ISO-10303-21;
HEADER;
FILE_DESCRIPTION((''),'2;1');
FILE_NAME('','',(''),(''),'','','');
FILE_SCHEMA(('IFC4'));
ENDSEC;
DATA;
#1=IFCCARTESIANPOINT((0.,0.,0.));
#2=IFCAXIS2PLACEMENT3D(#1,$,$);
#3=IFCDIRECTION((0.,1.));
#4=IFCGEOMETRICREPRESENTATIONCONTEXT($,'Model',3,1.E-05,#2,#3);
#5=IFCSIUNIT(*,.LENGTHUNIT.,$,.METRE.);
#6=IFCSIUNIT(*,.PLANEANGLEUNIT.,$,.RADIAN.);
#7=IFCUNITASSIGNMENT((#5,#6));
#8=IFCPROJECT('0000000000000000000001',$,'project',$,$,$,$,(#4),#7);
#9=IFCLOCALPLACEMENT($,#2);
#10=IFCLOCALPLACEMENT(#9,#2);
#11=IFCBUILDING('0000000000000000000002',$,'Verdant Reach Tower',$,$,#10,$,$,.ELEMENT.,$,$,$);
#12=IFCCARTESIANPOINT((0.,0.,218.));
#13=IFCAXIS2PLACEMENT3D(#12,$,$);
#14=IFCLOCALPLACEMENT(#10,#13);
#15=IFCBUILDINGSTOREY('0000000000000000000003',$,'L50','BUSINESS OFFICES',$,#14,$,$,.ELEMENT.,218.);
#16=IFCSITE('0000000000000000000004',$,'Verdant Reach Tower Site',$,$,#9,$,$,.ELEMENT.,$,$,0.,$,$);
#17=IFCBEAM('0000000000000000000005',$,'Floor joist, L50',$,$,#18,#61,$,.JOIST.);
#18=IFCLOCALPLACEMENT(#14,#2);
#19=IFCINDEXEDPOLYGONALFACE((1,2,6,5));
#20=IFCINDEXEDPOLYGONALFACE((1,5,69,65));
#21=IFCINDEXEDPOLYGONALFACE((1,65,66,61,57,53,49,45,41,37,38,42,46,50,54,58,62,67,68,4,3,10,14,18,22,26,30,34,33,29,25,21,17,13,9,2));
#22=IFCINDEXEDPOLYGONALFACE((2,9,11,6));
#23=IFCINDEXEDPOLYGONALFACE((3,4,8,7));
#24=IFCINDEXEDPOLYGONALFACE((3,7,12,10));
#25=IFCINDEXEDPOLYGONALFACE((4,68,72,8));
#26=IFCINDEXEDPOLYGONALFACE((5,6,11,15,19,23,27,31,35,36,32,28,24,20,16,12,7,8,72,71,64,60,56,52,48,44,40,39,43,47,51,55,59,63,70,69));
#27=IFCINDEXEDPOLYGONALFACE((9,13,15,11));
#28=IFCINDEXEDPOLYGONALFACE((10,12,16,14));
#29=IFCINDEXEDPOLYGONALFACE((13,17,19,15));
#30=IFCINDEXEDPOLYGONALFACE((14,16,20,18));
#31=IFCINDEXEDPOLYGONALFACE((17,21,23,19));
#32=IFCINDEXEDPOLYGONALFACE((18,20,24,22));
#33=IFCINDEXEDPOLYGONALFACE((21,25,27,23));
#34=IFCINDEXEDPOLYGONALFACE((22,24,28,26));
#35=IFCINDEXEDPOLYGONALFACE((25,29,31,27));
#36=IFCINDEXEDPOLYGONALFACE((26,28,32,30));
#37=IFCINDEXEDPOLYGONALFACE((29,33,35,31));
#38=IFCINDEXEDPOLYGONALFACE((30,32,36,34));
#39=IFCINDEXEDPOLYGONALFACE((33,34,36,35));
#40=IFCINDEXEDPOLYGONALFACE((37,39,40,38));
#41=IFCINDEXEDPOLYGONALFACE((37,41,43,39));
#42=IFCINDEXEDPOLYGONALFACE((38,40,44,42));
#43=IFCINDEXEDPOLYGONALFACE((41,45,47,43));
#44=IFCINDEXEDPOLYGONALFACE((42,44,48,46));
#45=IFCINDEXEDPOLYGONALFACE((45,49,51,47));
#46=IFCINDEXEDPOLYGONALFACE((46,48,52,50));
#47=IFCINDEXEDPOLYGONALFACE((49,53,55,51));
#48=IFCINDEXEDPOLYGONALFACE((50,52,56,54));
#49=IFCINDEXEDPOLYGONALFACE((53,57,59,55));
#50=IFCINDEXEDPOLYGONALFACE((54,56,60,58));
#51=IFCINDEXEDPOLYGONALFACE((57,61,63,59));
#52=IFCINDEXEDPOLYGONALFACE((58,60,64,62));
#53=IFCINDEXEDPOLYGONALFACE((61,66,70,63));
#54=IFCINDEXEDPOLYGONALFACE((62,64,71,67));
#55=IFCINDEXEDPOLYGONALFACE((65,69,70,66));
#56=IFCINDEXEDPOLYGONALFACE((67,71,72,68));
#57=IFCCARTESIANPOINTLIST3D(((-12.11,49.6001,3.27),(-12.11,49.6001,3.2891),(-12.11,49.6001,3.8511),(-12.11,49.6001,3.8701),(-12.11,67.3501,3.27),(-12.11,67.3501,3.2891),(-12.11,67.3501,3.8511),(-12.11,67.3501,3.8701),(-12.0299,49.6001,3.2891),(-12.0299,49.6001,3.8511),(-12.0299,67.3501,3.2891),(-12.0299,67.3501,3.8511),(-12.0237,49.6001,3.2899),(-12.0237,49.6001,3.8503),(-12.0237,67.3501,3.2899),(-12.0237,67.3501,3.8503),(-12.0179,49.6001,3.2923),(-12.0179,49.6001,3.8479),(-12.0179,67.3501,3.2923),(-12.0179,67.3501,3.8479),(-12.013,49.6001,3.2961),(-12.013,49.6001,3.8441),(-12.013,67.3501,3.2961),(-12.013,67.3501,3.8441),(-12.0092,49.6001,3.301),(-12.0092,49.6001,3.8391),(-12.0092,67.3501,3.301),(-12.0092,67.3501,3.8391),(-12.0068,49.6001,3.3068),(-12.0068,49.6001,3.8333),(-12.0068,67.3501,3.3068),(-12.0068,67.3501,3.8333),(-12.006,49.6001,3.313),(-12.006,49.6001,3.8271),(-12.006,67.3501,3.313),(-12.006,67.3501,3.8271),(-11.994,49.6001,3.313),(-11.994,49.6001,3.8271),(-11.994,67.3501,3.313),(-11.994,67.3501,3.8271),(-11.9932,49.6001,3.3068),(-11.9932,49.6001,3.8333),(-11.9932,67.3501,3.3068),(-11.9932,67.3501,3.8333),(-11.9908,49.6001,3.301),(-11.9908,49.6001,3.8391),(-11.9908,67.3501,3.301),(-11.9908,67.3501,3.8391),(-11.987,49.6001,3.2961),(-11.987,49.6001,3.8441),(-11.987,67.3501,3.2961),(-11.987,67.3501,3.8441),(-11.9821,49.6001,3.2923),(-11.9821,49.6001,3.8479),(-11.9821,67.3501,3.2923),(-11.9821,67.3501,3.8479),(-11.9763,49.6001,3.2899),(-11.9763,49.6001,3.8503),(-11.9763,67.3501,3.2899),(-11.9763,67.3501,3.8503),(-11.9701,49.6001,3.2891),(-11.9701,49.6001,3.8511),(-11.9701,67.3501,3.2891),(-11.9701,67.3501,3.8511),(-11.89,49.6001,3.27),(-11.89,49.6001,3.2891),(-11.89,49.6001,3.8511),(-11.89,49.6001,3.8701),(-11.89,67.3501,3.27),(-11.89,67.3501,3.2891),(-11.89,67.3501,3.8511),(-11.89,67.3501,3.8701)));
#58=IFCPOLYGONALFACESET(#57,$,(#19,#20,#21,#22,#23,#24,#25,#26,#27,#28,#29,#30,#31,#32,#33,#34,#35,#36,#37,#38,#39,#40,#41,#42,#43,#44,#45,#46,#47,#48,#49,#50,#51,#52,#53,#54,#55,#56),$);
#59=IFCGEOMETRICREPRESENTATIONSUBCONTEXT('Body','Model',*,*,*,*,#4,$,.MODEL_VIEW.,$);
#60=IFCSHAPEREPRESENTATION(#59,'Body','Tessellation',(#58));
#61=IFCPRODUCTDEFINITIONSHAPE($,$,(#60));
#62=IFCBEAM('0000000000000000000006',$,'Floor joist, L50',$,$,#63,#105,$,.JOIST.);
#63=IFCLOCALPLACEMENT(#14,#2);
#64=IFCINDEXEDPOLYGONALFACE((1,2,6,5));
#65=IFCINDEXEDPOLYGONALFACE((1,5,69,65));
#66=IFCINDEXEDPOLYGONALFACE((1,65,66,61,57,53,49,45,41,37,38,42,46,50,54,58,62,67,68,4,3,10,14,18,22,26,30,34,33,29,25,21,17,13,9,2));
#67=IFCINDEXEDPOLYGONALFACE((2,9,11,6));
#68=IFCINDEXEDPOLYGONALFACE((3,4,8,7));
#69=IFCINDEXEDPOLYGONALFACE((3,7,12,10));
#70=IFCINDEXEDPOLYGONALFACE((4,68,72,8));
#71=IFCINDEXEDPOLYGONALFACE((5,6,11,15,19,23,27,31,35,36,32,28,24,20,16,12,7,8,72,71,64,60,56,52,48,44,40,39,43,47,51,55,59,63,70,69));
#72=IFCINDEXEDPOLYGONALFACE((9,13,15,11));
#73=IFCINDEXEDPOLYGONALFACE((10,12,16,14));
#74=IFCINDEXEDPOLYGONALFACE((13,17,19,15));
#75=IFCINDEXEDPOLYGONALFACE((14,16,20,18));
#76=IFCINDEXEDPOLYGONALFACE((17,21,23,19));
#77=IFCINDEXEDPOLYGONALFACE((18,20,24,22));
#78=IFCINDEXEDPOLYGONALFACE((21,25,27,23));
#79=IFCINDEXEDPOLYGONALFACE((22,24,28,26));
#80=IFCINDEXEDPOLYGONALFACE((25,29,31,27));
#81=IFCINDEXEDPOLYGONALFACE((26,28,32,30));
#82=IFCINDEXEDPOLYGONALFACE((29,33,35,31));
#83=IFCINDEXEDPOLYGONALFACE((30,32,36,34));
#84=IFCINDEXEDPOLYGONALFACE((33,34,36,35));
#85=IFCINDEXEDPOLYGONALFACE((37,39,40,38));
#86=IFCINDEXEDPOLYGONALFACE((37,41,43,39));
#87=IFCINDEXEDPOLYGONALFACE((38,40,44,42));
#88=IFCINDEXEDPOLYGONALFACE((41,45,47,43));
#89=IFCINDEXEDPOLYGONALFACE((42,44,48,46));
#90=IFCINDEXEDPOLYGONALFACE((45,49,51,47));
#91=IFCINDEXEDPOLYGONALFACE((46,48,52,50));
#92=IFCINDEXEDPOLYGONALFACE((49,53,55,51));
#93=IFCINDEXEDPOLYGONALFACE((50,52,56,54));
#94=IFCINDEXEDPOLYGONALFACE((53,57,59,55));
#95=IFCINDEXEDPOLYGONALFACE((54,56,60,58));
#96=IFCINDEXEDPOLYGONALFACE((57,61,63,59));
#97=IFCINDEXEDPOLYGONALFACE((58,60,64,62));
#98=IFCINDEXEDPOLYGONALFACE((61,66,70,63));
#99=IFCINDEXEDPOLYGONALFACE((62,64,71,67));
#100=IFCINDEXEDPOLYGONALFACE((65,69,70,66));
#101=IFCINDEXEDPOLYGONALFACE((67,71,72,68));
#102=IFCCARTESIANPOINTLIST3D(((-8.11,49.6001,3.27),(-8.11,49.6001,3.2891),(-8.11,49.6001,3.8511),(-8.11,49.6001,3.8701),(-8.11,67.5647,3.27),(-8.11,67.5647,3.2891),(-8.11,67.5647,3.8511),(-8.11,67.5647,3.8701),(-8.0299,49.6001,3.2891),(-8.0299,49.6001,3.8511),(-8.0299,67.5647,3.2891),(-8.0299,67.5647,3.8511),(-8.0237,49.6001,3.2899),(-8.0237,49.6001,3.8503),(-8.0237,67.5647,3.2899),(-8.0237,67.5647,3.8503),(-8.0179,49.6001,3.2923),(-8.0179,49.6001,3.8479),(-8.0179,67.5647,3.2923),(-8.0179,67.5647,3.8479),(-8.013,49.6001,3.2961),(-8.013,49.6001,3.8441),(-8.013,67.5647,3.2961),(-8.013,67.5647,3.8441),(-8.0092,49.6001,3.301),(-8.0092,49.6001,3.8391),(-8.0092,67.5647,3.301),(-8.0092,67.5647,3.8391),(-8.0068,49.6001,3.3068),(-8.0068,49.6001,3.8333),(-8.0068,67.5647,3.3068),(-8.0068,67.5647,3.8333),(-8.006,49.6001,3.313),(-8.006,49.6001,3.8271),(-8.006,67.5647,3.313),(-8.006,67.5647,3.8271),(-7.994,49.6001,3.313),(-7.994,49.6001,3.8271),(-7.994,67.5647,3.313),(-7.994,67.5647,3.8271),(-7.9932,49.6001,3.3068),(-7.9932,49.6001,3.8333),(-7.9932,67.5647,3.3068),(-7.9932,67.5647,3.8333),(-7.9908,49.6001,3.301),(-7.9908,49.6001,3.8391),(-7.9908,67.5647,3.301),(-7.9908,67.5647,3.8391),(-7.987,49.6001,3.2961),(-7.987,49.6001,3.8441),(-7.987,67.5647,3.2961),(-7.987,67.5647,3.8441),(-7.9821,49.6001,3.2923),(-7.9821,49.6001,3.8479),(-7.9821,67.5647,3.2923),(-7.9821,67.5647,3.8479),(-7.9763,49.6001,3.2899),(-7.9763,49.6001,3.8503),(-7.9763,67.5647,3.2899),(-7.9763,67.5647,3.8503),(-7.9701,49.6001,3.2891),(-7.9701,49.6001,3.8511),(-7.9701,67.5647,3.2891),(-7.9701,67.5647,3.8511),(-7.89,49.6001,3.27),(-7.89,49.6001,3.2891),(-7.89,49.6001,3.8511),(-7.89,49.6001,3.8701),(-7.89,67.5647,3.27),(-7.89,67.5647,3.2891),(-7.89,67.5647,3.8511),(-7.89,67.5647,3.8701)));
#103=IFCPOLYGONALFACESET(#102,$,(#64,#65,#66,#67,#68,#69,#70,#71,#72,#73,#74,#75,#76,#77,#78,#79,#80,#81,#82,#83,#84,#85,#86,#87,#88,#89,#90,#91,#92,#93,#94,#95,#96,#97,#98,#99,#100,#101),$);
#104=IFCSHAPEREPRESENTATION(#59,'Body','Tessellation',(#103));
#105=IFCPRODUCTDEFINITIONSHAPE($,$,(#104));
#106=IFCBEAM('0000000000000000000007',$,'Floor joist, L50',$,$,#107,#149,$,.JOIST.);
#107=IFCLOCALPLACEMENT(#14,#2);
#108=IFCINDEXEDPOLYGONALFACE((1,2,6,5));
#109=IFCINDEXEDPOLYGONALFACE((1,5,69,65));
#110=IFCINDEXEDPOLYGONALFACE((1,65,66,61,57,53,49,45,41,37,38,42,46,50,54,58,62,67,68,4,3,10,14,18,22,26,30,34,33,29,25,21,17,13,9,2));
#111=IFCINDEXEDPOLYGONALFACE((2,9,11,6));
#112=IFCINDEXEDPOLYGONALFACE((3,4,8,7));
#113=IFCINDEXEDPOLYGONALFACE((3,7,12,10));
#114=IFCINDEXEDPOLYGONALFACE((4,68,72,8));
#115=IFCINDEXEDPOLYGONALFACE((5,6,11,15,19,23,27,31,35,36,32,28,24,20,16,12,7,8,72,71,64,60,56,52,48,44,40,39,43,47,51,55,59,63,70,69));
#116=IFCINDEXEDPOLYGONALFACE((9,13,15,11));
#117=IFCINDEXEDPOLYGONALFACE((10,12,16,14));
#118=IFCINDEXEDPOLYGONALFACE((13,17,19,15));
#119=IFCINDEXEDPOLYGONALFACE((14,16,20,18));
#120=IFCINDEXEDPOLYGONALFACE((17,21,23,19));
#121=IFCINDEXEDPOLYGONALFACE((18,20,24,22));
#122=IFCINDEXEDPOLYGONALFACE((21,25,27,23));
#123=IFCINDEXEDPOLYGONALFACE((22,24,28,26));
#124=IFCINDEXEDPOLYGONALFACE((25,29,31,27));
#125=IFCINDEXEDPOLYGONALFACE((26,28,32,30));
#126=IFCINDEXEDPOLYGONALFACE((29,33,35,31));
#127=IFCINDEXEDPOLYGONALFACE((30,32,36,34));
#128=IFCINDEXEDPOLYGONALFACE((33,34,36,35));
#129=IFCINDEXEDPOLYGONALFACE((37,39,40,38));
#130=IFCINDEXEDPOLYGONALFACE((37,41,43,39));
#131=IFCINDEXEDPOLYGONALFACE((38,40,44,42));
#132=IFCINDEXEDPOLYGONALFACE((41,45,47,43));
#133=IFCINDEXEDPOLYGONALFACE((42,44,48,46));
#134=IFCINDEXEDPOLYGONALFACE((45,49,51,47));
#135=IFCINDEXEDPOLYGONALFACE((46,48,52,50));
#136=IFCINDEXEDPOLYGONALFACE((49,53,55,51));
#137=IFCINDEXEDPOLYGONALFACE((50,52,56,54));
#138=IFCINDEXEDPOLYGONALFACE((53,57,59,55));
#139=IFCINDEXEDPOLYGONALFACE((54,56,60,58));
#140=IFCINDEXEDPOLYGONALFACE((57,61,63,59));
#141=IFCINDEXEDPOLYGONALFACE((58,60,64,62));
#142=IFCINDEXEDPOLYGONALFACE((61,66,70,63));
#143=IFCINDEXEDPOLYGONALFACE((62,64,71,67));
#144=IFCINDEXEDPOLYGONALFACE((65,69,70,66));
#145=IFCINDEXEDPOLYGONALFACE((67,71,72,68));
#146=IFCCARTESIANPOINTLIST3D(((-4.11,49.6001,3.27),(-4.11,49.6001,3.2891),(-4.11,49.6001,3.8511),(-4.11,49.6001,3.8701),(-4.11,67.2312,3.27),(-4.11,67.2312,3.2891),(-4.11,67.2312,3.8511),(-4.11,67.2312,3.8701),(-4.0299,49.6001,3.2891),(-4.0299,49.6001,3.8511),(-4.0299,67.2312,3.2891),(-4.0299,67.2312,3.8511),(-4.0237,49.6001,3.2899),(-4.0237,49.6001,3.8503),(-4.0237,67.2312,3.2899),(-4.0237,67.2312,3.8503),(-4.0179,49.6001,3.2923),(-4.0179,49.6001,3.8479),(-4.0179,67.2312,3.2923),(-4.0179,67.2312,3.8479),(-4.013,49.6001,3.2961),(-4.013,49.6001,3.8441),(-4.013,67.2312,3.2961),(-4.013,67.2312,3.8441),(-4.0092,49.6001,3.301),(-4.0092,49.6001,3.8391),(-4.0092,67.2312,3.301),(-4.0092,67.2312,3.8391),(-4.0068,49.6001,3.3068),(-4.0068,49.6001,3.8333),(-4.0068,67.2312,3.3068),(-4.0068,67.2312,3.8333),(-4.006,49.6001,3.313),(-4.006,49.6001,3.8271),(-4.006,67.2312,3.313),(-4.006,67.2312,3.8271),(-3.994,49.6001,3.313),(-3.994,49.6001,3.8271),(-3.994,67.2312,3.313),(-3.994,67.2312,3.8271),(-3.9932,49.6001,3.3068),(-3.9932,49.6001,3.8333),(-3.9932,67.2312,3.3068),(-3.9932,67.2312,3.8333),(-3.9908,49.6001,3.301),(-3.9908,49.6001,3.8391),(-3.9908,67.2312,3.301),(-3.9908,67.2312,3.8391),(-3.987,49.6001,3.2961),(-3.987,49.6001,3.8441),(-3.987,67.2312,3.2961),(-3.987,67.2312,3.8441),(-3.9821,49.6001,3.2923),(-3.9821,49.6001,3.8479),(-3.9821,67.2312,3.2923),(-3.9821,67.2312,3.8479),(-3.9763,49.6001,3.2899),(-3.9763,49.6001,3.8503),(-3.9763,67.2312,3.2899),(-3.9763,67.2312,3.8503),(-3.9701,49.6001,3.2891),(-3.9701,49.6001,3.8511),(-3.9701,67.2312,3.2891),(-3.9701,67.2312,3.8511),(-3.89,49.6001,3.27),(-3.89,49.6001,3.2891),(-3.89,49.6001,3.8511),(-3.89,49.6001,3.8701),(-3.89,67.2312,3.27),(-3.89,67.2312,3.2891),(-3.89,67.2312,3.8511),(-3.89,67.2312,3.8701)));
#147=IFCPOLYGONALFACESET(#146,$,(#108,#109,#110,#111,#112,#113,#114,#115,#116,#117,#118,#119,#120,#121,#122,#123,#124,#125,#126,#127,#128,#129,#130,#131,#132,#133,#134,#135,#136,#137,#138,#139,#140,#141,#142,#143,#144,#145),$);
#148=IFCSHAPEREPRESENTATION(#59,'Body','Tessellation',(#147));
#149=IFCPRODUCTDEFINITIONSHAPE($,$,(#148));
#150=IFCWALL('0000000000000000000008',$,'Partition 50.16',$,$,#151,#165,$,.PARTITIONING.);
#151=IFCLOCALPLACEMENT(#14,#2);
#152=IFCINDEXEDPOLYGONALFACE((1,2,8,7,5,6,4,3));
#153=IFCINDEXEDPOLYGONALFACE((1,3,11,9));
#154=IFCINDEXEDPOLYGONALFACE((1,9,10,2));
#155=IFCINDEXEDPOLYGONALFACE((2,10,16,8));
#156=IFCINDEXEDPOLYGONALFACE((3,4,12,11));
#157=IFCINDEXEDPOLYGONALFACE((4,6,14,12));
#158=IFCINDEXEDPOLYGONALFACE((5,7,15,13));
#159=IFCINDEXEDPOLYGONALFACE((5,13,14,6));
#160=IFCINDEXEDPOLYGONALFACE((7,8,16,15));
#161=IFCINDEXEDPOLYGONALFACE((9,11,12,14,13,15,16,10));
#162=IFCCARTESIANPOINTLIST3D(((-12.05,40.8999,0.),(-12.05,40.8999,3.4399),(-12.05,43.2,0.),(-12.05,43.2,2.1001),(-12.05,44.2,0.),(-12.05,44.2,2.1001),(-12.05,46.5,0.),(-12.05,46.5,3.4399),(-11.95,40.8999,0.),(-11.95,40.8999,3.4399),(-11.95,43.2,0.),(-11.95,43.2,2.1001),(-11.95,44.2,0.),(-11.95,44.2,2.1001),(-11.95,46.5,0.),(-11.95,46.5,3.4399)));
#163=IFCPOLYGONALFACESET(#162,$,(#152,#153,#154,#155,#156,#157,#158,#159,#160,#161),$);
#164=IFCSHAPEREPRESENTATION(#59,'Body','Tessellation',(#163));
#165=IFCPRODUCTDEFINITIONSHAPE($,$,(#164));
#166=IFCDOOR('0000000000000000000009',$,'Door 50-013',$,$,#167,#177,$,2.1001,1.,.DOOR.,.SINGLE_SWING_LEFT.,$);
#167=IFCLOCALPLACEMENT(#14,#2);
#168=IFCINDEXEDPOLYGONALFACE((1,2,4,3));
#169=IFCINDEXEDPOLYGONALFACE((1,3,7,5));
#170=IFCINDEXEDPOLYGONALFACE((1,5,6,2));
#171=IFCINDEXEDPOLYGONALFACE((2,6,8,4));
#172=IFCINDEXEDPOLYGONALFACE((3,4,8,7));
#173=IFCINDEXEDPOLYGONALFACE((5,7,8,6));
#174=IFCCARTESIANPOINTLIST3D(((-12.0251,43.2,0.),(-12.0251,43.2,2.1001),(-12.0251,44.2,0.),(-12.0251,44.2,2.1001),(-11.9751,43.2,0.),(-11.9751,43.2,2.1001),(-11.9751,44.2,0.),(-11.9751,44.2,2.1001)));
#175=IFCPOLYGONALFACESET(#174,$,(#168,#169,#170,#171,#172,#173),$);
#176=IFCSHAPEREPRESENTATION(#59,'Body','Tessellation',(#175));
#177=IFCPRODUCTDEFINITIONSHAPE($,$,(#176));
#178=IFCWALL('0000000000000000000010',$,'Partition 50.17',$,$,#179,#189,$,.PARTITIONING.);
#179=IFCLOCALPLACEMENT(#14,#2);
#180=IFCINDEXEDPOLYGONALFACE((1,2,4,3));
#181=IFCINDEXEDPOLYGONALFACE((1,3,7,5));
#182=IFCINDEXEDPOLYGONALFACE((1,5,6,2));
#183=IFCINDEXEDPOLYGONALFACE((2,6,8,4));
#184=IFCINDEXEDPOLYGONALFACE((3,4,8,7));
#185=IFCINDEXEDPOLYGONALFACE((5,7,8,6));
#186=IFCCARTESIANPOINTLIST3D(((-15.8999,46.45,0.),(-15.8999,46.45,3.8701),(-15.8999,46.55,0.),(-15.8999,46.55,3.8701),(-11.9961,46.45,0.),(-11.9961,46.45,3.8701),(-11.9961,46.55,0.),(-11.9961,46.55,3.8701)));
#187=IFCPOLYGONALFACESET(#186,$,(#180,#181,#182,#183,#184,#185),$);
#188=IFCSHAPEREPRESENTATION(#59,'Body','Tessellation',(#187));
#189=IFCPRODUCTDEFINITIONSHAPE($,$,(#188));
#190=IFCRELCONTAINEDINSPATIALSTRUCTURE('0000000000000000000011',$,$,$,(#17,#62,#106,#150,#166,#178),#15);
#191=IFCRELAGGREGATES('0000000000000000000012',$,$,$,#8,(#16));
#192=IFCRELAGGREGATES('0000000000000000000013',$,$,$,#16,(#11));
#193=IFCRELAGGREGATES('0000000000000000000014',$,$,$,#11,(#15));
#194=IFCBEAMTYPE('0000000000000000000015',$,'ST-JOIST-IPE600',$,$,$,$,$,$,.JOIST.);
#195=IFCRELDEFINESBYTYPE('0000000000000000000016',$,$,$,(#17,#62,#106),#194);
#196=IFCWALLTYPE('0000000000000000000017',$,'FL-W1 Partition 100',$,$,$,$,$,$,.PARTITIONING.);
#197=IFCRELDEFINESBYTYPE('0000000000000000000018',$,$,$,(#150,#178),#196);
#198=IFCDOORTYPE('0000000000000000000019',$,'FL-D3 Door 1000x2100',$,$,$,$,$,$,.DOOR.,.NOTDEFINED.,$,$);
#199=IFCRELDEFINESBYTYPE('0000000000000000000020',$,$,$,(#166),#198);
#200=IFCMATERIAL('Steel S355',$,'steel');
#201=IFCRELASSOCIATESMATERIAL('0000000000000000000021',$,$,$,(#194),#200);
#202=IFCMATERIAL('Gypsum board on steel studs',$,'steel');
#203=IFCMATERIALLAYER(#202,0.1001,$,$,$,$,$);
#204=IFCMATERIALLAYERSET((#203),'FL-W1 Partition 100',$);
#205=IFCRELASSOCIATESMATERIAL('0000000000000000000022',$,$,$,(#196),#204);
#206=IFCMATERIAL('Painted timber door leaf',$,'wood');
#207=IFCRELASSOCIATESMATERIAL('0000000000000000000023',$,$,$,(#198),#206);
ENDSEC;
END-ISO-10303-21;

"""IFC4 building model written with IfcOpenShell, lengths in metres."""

from ifc_helpers import new_model, si_unit, direction, frame, frame_2d, origin, origin_2d, place, context, subcontext, project, spatial, rectangle, i_section, extrude, material, layer, layer_set, material_profile, profile_set, type_object, element, fill, save


model = new_model("IFC4")

# Units and contexts
model_context = context("Model", 3, precision=1e-05, world=origin(), true_north=direction((0.0, 1.0)))
body_context = subcontext(model_context, "Body", "Model", "MODEL_VIEW")
ifc_project = project(units=[si_unit("LENGTHUNIT", "METRE"), si_unit("PLANEANGLEUNIT", "RADIAN")], contexts=[model_context])

# Site, building, storey
site_placement = place(None, origin())
site = spatial("IfcSite", under=ifc_project, at=site_placement, Name="Verdant Reach Tower Site", CompositionType="ELEMENT", RefElevation=0.0)
building_placement = place(site_placement, origin())
building = spatial("IfcBuilding", under=site, at=building_placement, Name="Verdant Reach Tower", CompositionType="ELEMENT")
storey_placement = place(building_placement, frame((0.0, 0.0, 218.0)))
storey = spatial("IfcBuildingStorey", under=building, at=storey_placement, Name="L50", Description="BUSINESS OFFICES", CompositionType="ELEMENT", Elevation=218.0)

# Beams
ifc_material_1 = material(Name="Steel S355", Category="steel")
ifc_material_profile_1 = material_profile(ifc_material_1, i_section(OverallWidth=0.22, OverallDepth=0.6001, WebThickness=0.012, FlangeThickness=0.019, FilletRadius=0.0239, at=origin_2d()), Name="IPE 600")
ifc_profile_set_1 = profile_set([ifc_material_profile_1], Name="Steel S355")
beam_type_1 = type_object("IfcBeamType", Name="ST-JOIST-IPE600", PredefinedType="JOIST", material=ifc_profile_set_1)
beam_1_placement = place(storey_placement, frame((-12.0, 49.6001, 3.5701), z_axis=(0.0, 1.0, 0.0), x_axis=(-1.0, 0.0, 0.0)))
element("IfcBeam", 1, at=beam_1_placement, inside=storey, type_object=beam_type_1, Name="Floor joist, L50", PredefinedType="JOIST", context=body_context, shape_type="SweptSolid", body=[
    extrude(i_section(OverallWidth=0.22, OverallDepth=0.6001, WebThickness=0.012, FlangeThickness=0.019, FilletRadius=0.0239, at=origin_2d()), origin(), (0.0, 0.0, 1.0), 17.75),
])
beam_2_placement = place(storey_placement, frame((-8.0, 49.6001, 3.5701), z_axis=(0.0, 1.0, 0.0), x_axis=(-1.0, 0.0, 0.0)))
element("IfcBeam", 2, at=beam_2_placement, inside=storey, type_object=beam_type_1, Name="Floor joist, L50", PredefinedType="JOIST", context=body_context, shape_type="SweptSolid", body=[
    extrude(i_section(OverallWidth=0.22, OverallDepth=0.6001, WebThickness=0.012, FlangeThickness=0.019, FilletRadius=0.0239, at=origin_2d()), origin(), (0.0, 0.0, 1.0), 17.9646),
])
beam_3_placement = place(storey_placement, frame((-4.0, 49.6001, 3.5701), z_axis=(0.0, 1.0, 0.0), x_axis=(-1.0, 0.0, 0.0)))
element("IfcBeam", 3, at=beam_3_placement, inside=storey, type_object=beam_type_1, Name="Floor joist, L50", PredefinedType="JOIST", context=body_context, shape_type="SweptSolid", body=[
    extrude(i_section(OverallWidth=0.22, OverallDepth=0.6001, WebThickness=0.012, FlangeThickness=0.019, FilletRadius=0.0239, at=origin_2d()), origin(), (0.0, 0.0, 1.0), 17.6311),
])

# Wall, opening, door
ifc_material_2 = material(Name="Gypsum board on steel studs", Category="steel")
ifc_layer_1 = layer(ifc_material_2, 0.1001)
ifc_layer_set_1 = layer_set([ifc_layer_1], Name="FL-W1 Partition 100")
wall_type_1 = type_object("IfcWallType", Name="FL-W1 Partition 100", PredefinedType="PARTITIONING", material=ifc_layer_set_1)
wall_1_placement = place(storey_placement, frame((-12.0, 46.5, 0.0), z_axis=(0.0, 0.0, 1.0), x_axis=(0.0, -1.0, 0.0)))
wall_1 = element("IfcWall", 4, at=wall_1_placement, inside=storey, type_object=wall_type_1, Name="Partition 50.16", PredefinedType="PARTITIONING", context=body_context, shape_type="SweptSolid", body=[
    extrude(rectangle(XDim=5.6001, YDim=0.1001, at=frame_2d((2.8, 0.0))), origin(), (0.0, 0.0, 1.0), 3.4399),
])
opening_1_placement = place(wall_1_placement, frame((2.3, 0.0, 0.0)))
opening_1 = element("IfcOpeningElement", 5, at=opening_1_placement, cuts=wall_1, PredefinedType="OPENING", context=body_context, shape_type="SweptSolid", body=[
    extrude(rectangle(XDim=1.0, YDim=2.1001, at=frame_2d((0.5, 1.05))), frame((0.0, 0.0601, 0.0), z_axis=(0.0, -1.0, 0.0), x_axis=(1.0, 0.0, 0.0)), (0.0, 0.0, 1.0), 0.1201),
])
ifc_material_3 = material(Name="Painted timber door leaf", Category="wood")
door_type_1 = type_object("IfcDoorType", Name="FL-D3 Door 1000x2100", OperationType="NOTDEFINED", PredefinedType="DOOR", material=ifc_material_3)
door_1_placement = place(opening_1_placement, origin())
door_1 = element("IfcDoor", 6, at=door_1_placement, inside=storey, type_object=door_type_1, Name="Door 50-013", OperationType="SINGLE_SWING_LEFT", OverallHeight=2.1001, OverallWidth=1.0, PredefinedType="DOOR", context=body_context, shape_type="SweptSolid", body=[
    extrude(rectangle(XDim=1.0, YDim=2.1001, at=frame_2d((0.5, 1.05))), frame((0.0, 0.0249, 0.0), z_axis=(0.0, -1.0, 0.0), x_axis=(1.0, 0.0, 0.0)), (0.0, 0.0, 1.0), 0.05),
])
fill(opening_1, door_1)

# Wall
wall_2_placement = place(storey_placement, frame((-11.9961, 46.5, 0.0), z_axis=(0.0, 0.0, 1.0), x_axis=(-1.0, 0.0, 0.0)))
element("IfcWall", 7, at=wall_2_placement, inside=storey, type_object=wall_type_1, Name="Partition 50.17", PredefinedType="PARTITIONING", context=body_context, shape_type="SweptSolid", body=[
    extrude(rectangle(XDim=3.9038, YDim=0.1001, at=frame_2d((1.9519, 0.0))), origin(), (0.0, 0.0, 1.0), 3.8701),
])

save(model, "model.ifc")
